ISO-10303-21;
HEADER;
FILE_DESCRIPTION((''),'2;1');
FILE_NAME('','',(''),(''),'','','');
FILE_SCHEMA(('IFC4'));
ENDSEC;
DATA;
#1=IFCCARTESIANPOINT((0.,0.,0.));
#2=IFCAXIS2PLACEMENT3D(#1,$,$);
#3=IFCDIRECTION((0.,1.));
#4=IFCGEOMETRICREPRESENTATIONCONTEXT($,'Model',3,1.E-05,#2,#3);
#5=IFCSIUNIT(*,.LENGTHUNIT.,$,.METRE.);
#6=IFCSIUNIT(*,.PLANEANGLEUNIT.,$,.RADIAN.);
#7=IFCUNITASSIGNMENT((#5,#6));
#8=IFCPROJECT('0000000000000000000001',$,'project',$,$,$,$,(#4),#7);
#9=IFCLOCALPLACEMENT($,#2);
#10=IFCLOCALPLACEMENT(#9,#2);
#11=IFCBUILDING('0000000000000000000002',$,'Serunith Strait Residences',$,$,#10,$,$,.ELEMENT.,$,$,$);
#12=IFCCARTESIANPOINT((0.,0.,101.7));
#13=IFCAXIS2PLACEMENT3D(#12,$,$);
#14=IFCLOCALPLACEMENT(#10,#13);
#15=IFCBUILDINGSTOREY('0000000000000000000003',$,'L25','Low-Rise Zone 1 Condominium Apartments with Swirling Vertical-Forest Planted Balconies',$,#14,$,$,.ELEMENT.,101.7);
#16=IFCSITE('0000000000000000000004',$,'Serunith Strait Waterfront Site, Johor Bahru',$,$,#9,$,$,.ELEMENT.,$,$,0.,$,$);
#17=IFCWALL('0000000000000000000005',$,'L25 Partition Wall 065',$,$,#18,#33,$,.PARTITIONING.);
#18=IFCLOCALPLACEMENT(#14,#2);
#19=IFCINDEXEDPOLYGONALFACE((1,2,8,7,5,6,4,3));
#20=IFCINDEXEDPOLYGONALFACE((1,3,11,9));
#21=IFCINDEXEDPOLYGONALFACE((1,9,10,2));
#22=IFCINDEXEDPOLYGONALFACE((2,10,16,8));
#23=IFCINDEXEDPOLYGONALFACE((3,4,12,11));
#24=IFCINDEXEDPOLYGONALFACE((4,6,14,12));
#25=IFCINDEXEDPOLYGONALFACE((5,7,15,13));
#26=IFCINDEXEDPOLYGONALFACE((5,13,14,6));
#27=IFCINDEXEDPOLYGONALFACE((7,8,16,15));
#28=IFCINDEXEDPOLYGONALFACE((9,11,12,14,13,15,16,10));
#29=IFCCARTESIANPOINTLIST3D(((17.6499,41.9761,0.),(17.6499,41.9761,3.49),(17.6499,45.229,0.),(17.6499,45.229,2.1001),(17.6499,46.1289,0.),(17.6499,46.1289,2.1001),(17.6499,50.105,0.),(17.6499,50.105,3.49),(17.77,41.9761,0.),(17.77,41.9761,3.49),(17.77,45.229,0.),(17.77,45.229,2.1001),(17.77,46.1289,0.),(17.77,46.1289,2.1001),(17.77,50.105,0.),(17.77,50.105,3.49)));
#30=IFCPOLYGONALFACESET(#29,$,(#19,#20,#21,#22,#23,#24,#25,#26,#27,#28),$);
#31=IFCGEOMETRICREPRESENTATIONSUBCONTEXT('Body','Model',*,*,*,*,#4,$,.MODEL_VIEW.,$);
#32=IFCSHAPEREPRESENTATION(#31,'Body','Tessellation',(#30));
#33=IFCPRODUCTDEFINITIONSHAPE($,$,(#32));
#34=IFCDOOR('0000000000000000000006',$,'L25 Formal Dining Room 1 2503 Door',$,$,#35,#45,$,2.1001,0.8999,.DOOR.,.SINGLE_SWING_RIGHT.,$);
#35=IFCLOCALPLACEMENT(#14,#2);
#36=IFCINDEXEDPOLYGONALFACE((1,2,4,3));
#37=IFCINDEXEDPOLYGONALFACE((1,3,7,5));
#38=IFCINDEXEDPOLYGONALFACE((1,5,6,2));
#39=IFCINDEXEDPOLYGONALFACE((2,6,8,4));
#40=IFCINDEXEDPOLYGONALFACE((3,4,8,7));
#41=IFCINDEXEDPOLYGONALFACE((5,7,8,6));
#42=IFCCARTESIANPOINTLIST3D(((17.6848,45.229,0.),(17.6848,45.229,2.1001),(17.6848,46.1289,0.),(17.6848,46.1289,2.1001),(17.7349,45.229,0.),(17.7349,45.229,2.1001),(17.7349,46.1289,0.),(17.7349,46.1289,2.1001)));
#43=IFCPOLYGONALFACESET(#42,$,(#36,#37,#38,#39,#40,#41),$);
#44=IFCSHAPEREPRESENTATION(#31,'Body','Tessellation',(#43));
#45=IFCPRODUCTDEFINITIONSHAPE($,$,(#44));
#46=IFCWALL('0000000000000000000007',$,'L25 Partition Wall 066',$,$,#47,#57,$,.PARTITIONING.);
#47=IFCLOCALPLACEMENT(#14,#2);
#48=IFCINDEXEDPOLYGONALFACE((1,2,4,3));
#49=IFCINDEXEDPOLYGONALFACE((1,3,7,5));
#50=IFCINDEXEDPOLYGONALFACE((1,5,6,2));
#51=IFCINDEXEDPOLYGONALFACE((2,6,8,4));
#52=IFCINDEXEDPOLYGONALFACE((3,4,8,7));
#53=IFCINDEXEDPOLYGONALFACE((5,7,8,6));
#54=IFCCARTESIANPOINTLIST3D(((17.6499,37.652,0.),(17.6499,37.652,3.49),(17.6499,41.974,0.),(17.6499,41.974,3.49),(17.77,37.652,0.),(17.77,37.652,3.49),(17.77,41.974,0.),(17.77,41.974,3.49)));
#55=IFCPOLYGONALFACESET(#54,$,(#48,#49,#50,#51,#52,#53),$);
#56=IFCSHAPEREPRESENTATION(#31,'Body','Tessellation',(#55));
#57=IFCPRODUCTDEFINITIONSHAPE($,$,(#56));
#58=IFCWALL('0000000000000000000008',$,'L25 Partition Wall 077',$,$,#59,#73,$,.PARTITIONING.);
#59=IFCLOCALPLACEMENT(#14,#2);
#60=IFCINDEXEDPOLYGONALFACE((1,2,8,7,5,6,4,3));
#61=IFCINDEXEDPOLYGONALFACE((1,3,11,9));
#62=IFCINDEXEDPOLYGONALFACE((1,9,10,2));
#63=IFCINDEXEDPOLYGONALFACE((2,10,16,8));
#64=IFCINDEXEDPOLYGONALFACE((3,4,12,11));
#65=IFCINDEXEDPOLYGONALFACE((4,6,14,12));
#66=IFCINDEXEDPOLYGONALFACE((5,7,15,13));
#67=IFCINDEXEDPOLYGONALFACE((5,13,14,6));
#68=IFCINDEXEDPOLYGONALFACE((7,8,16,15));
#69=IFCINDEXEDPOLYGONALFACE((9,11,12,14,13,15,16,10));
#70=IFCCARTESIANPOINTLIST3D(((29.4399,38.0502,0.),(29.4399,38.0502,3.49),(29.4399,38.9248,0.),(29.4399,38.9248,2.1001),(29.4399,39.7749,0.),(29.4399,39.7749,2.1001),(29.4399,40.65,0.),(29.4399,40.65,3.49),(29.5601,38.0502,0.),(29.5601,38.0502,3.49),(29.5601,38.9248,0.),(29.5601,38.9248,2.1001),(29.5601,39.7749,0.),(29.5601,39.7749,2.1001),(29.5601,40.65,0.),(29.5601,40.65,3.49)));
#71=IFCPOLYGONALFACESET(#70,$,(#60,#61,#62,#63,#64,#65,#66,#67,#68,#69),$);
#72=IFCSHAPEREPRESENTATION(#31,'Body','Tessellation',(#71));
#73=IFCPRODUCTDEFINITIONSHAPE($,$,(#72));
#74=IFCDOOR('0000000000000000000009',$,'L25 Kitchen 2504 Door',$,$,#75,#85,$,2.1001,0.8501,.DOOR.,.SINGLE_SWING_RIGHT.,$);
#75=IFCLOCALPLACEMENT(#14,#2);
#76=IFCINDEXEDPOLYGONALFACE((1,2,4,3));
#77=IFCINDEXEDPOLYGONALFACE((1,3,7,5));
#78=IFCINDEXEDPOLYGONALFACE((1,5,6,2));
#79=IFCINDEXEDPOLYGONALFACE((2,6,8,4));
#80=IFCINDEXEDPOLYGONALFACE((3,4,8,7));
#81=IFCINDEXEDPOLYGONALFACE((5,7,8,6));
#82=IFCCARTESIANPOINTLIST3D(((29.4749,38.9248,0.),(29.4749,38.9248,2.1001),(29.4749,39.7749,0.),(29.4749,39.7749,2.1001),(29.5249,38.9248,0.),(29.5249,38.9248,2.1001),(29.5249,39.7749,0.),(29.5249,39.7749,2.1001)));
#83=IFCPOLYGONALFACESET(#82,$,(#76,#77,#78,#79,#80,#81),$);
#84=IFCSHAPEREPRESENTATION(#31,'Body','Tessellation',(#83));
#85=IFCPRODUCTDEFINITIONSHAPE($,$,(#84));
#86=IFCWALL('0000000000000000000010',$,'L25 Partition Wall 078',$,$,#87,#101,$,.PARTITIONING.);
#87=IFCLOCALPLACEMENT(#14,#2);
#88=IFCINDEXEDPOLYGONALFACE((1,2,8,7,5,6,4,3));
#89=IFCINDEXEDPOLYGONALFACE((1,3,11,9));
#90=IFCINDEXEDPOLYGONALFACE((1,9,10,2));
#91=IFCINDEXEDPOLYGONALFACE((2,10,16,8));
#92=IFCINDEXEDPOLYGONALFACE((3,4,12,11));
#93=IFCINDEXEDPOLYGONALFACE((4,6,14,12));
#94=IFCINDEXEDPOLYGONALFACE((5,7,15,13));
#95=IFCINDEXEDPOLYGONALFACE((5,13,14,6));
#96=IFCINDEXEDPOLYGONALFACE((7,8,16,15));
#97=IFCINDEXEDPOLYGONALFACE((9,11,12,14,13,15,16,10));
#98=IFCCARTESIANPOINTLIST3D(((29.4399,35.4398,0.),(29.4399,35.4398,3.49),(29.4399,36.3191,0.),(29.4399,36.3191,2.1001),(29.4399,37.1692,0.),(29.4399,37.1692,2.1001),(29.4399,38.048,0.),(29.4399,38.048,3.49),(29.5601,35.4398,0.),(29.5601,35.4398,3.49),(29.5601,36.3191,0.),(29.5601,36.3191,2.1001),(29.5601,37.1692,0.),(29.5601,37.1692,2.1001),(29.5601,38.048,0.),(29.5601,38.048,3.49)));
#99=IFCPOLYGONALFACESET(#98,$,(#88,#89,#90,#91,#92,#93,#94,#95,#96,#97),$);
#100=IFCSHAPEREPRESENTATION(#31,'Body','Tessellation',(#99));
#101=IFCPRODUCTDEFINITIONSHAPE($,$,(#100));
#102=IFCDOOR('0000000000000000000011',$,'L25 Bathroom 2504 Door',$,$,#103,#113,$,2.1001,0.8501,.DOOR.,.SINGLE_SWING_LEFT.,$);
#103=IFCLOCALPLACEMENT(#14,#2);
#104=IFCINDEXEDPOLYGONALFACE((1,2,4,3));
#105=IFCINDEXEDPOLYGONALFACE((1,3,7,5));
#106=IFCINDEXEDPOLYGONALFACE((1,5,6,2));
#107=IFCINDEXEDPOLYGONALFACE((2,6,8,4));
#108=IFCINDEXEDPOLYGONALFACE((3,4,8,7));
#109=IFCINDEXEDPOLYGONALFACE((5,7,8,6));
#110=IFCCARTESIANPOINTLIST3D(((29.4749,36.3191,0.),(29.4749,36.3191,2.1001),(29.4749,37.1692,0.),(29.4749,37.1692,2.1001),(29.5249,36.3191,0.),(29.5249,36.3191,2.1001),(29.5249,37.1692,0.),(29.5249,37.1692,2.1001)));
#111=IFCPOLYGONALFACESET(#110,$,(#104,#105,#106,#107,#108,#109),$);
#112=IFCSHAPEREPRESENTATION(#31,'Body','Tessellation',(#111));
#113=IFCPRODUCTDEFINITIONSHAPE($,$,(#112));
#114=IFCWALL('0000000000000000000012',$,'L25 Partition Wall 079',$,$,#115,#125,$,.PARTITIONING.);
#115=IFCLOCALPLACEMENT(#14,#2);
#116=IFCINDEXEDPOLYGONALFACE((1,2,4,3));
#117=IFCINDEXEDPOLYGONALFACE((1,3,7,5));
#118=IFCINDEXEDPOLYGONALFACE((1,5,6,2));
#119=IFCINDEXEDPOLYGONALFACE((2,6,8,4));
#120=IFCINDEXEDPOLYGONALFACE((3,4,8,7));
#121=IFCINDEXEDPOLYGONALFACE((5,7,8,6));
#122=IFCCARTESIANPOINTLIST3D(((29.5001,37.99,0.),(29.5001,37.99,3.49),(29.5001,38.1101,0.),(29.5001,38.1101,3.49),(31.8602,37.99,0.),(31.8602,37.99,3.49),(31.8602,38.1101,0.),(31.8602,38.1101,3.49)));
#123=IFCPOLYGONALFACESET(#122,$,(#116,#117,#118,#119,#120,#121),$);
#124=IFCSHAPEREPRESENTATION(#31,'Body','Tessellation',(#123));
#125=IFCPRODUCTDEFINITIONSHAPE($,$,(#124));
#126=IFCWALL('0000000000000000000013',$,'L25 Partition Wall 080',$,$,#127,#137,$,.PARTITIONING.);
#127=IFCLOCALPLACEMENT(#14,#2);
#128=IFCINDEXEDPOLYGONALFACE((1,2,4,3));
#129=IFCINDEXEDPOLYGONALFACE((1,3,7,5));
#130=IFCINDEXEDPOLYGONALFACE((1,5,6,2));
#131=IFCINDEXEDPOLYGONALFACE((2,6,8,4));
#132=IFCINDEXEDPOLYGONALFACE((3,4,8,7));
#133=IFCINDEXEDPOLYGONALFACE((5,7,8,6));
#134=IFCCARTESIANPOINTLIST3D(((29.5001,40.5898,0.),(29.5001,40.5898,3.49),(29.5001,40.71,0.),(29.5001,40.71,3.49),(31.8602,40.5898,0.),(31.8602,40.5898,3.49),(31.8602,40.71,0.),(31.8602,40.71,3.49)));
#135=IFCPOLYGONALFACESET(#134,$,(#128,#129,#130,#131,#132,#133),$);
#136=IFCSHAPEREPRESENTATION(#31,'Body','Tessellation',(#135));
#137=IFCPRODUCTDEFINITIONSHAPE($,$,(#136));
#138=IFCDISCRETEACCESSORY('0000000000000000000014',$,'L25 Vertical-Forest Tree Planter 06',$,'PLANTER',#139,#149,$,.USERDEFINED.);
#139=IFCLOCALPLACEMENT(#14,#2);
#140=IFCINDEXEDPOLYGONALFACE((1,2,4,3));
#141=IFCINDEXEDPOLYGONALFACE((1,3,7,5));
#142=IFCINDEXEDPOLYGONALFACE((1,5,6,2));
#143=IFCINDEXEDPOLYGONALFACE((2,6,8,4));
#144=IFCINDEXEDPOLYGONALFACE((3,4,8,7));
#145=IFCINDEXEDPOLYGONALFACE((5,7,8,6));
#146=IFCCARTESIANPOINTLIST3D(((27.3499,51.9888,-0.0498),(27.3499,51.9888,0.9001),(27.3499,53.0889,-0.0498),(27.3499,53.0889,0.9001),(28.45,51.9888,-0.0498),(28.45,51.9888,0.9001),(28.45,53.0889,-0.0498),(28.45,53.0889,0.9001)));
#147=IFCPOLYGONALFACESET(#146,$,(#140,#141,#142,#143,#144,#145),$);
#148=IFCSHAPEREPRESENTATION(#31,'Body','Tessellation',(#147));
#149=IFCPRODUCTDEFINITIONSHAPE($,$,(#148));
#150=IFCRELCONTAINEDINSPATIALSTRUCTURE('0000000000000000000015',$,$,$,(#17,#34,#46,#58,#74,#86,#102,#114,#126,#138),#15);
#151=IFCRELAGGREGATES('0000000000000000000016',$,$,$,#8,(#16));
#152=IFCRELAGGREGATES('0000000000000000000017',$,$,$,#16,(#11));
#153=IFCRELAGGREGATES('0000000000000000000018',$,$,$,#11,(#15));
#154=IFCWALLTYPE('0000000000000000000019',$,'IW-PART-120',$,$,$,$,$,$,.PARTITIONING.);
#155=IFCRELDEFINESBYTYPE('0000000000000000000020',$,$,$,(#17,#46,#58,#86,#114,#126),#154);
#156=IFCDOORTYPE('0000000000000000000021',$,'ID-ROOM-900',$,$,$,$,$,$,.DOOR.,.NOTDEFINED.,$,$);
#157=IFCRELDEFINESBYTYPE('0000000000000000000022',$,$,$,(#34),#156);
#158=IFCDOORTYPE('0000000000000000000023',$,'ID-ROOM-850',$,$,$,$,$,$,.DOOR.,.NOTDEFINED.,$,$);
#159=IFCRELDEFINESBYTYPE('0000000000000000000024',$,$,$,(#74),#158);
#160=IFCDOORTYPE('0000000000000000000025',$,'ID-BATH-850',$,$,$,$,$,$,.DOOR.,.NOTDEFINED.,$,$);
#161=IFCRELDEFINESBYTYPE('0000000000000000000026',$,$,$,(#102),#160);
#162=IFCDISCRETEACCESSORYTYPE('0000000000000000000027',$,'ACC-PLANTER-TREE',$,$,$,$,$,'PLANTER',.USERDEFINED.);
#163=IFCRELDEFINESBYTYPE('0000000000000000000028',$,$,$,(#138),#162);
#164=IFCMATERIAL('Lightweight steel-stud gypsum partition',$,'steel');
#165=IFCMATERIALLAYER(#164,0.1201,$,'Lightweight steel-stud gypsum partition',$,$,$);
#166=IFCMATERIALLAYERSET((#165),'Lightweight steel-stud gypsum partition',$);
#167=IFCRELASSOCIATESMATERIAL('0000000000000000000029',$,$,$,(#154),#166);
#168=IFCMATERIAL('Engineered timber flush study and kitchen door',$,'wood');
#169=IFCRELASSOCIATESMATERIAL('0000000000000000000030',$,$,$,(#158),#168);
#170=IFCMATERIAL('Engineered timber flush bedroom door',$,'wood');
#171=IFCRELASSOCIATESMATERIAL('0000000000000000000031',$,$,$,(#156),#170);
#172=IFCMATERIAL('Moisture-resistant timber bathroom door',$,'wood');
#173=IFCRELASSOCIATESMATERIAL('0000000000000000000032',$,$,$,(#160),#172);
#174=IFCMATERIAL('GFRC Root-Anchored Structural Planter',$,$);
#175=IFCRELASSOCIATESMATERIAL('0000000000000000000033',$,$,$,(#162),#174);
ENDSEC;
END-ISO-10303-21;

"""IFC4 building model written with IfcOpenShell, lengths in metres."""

from ifc_helpers import new_model, si_unit, direction, frame, frame_2d, origin, origin_2d, place, context, subcontext, project, spatial, rectangle, extrude, source, transform, mapped, material, layer, layer_set, type_object, element, fill, save


model = new_model("IFC4")

# Units and contexts
model_context = context("Model", 3, precision=1e-05, world=origin(), true_north=direction((0.0, 1.0)))
body_context = subcontext(model_context, "Body", "Model", "MODEL_VIEW")
ifc_project = project(units=[si_unit("LENGTHUNIT", "METRE"), si_unit("PLANEANGLEUNIT", "RADIAN")], contexts=[model_context])

# Site, building, storey
site_placement = place(None, origin())
site = spatial("IfcSite", under=ifc_project, at=site_placement, Name="Serunith Strait Waterfront Site, Johor Bahru", CompositionType="ELEMENT", RefElevation=0.0)
building_placement = place(site_placement, origin())
building = spatial("IfcBuilding", under=site, at=building_placement, Name="Serunith Strait Residences", CompositionType="ELEMENT")
storey_placement = place(building_placement, frame((0.0, 0.0, 101.7)))
storey = spatial("IfcBuildingStorey", under=building, at=storey_placement, Name="L25", Description="Low-Rise Zone 1 Condominium Apartments with Swirling Vertical-Forest Planted Balconies", CompositionType="ELEMENT", Elevation=101.7)

# Shared definitions
ifc_material_1 = material(Name="Lightweight steel-stud gypsum partition", Category="steel")
ifc_layer_1 = layer(ifc_material_1, 0.1201, Name="Lightweight steel-stud gypsum partition")
ifc_layer_set_1 = layer_set([ifc_layer_1], Name="Lightweight steel-stud gypsum partition")
wall_type = type_object("IfcWallType", Name="IW-PART-120", PredefinedType="PARTITIONING", material=ifc_layer_set_1)
ifc_material_2 = material(Name="Engineered timber flush study and kitchen door", Category="wood")
door_type_1 = type_object("IfcDoorType", Name="ID-ROOM-850", OperationType="NOTDEFINED", PredefinedType="DOOR", material=ifc_material_2)
shared_shape_1 = source(origin(), body_context, "Body", "SweptSolid", [
    extrude(rectangle(XDim=0.8501, YDim=2.1001, at=frame_2d((0.425, 1.05))), frame((0.0, 0.0249, 0.0), z_axis=(0.0, -1.0, 0.0), x_axis=(1.0, 0.0, 0.0)), (0.0, 0.0, 1.0), 0.05),
])

# Wall, opening, door
ifc_material_3 = material(Name="Engineered timber flush bedroom door", Category="wood")
door_type_2 = type_object("IfcDoorType", Name="ID-ROOM-900", OperationType="NOTDEFINED", PredefinedType="DOOR", material=ifc_material_3)
shared_shape_2 = source(origin(), body_context, "Body", "SweptSolid", [
    extrude(rectangle(XDim=0.8999, YDim=2.1001, at=frame_2d((0.45, 1.05))), frame((0.0, 0.0249, 0.0), z_axis=(0.0, -1.0, 0.0), x_axis=(1.0, 0.0, 0.0)), (0.0, 0.0, 1.0), 0.05),
])
wall_1_placement = place(storey_placement, frame((17.71, 50.105, 0.0), z_axis=(0.0, 0.0, 1.0), x_axis=(0.0, -1.0, 0.0)))
wall_1 = element("IfcWall", 1, at=wall_1_placement, inside=storey, type_object=wall_type, Name="L25 Partition Wall 065", PredefinedType="PARTITIONING", context=body_context, shape_type="SweptSolid", body=[
    extrude(rectangle(XDim=8.1289, YDim=0.1201, at=frame_2d((4.0645, 0.0))), origin(), (0.0, 0.0, 1.0), 3.49),
])
opening_1_placement = place(wall_1_placement, frame((3.9761, 0.0, 0.0)))
opening_1 = element("IfcOpeningElement", 2, at=opening_1_placement, cuts=wall_1, PredefinedType="OPENING", context=body_context, shape_type="SweptSolid", body=[
    extrude(rectangle(XDim=0.8999, YDim=2.1001, at=frame_2d((0.45, 1.05))), frame((0.0, 0.0701, 0.0), z_axis=(0.0, -1.0, 0.0), x_axis=(1.0, 0.0, 0.0)), (0.0, 0.0, 1.0), 0.1401),
])
door_1_placement = place(opening_1_placement, origin())
door_1 = element("IfcDoor", 3, at=door_1_placement, inside=storey, type_object=door_type_2, Name="L25 Formal Dining Room 1 2503 Door", OperationType="SINGLE_SWING_RIGHT", OverallHeight=2.1001, OverallWidth=0.8999, PredefinedType="DOOR", context=body_context, shape_type="MappedRepresentation", body=[
    mapped(shared_shape_2, transform((0.0, 0.0, 0.0), scale=1.0)),
])
fill(opening_1, door_1)

# Wall
wall_2_placement = place(storey_placement, frame((17.71, 41.9741, 0.0), z_axis=(0.0, 0.0, 1.0), x_axis=(0.0, -1.0, 0.0)))
element("IfcWall", 4, at=wall_2_placement, inside=storey, type_object=wall_type, Name="L25 Partition Wall 066", PredefinedType="PARTITIONING", context=body_context, shape_type="SweptSolid", body=[
    extrude(rectangle(XDim=4.322, YDim=0.1201, at=frame_2d((2.1611, 0.0))), origin(), (0.0, 0.0, 1.0), 3.49),
])

# Walls, openings, doors
wall_3_placement = place(storey_placement, frame((29.5, 40.6499, 0.0), z_axis=(0.0, 0.0, 1.0), x_axis=(0.0, -1.0, 0.0)))
wall_3 = element("IfcWall", 5, at=wall_3_placement, inside=storey, type_object=wall_type, Name="L25 Partition Wall 077", PredefinedType="PARTITIONING", context=body_context, shape_type="SweptSolid", body=[
    extrude(rectangle(XDim=2.5999, YDim=0.1201, at=frame_2d((1.2998, 0.0))), origin(), (0.0, 0.0, 1.0), 3.49),
])
opening_2_placement = place(wall_3_placement, frame((0.875, 0.0, 0.0)))
opening_2 = element("IfcOpeningElement", 6, at=opening_2_placement, cuts=wall_3, PredefinedType="OPENING", context=body_context, shape_type="SweptSolid", body=[
    extrude(rectangle(XDim=0.8501, YDim=2.1001, at=frame_2d((0.425, 1.05))), frame((0.0, 0.0701, 0.0), z_axis=(0.0, -1.0, 0.0), x_axis=(1.0, 0.0, 0.0)), (0.0, 0.0, 1.0), 0.1401),
])
door_2_placement = place(opening_2_placement, origin())
door_2 = element("IfcDoor", 7, at=door_2_placement, inside=storey, type_object=door_type_1, Name="L25 Kitchen 2504 Door", OperationType="SINGLE_SWING_RIGHT", OverallHeight=2.1001, OverallWidth=0.8501, PredefinedType="DOOR", context=body_context, shape_type="MappedRepresentation", body=[
    mapped(shared_shape_1, transform((0.0, 0.0, 0.0), scale=1.0)),
])
fill(opening_2, door_2)
wall_4_placement = place(storey_placement, frame((29.5, 38.0481, 0.0), z_axis=(0.0, 0.0, 1.0), x_axis=(0.0, -1.0, 0.0)))
wall_4 = element("IfcWall", 8, at=wall_4_placement, inside=storey, type_object=wall_type, Name="L25 Partition Wall 078", PredefinedType="PARTITIONING", context=body_context, shape_type="SweptSolid", body=[
    extrude(rectangle(XDim=2.6082, YDim=0.1201, at=frame_2d((1.3042, 0.0))), origin(), (0.0, 0.0, 1.0), 3.49),
])
opening_3_placement = place(wall_4_placement, frame((0.8789, 0.0, 0.0)))
opening_3 = element("IfcOpeningElement", 9, at=opening_3_placement, cuts=wall_4, PredefinedType="OPENING", context=body_context, shape_type="SweptSolid", body=[
    extrude(rectangle(XDim=0.8501, YDim=2.1001, at=frame_2d((0.425, 1.05))), frame((0.0, 0.0701, 0.0), z_axis=(0.0, -1.0, 0.0), x_axis=(1.0, 0.0, 0.0)), (0.0, 0.0, 1.0), 0.1401),
])
ifc_material_4 = material(Name="Moisture-resistant timber bathroom door", Category="wood")
door_type_3 = type_object("IfcDoorType", Name="ID-BATH-850", OperationType="NOTDEFINED", PredefinedType="DOOR", material=ifc_material_4)
door_3_placement = place(opening_3_placement, origin())
door_3 = element("IfcDoor", 10, at=door_3_placement, inside=storey, type_object=door_type_3, Name="L25 Bathroom 2504 Door", OperationType="SINGLE_SWING_LEFT", OverallHeight=2.1001, OverallWidth=0.8501, PredefinedType="DOOR", context=body_context, shape_type="MappedRepresentation", body=[
    mapped(shared_shape_1, transform((0.0, 0.0, 0.0), scale=1.0)),
])
fill(opening_3, door_3)

# Walls
for number, where, z_axis, x_axis, name in (
    (11, (29.5, 38.05, 0.0), (0.0, 0.0, 1.0), (1.0, 0.0, 0.0), "L25 Partition Wall 079"),
    (12, (29.5, 40.6499, 0.0), (0.0, 0.0, 1.0), (1.0, 0.0, 0.0), "L25 Partition Wall 080"),
):
    element("IfcWall", number, at=place(storey_placement, frame(where, z_axis=z_axis, x_axis=x_axis)), inside=storey, type_object=wall_type, Name=name, PredefinedType="PARTITIONING", context=body_context, shape_type="SweptSolid", body=[
        extrude(rectangle(XDim=2.3601, YDim=0.1201, at=frame_2d((1.1802, 0.0))), origin(), (0.0, 0.0, 1.0), 3.49),
    ])

# Discrete accessory
ifc_material_5 = material(Name="GFRC Root-Anchored Structural Planter")
discrete_accessory_type = type_object("IfcDiscreteAccessoryType", Name="ACC-PLANTER-TREE", ElementType="PLANTER", PredefinedType="USERDEFINED", material=ifc_material_5)
shared_shape_3 = source(origin(), body_context, "Body", "SweptSolid", [
    extrude(rectangle(XDim=1.1001, YDim=1.1001, at=origin_2d()), origin(), (0.0, 0.0, 1.0), 0.95),
])
discrete_accessory_placement = place(storey_placement, frame((27.8999, 52.5388, -0.0498), z_axis=(0.0, 0.0, 1.0), x_axis=(-1.0, 0.0, 0.0)))
element("IfcDiscreteAccessory", 13, at=discrete_accessory_placement, inside=storey, type_object=discrete_accessory_type, Name="L25 Vertical-Forest Tree Planter 06", ObjectType="PLANTER", PredefinedType="USERDEFINED", context=body_context, shape_type="MappedRepresentation", body=[
    mapped(shared_shape_3, transform((0.0, 0.0, 0.0), scale=1.0)),
])

save(model, "model.ifc")
